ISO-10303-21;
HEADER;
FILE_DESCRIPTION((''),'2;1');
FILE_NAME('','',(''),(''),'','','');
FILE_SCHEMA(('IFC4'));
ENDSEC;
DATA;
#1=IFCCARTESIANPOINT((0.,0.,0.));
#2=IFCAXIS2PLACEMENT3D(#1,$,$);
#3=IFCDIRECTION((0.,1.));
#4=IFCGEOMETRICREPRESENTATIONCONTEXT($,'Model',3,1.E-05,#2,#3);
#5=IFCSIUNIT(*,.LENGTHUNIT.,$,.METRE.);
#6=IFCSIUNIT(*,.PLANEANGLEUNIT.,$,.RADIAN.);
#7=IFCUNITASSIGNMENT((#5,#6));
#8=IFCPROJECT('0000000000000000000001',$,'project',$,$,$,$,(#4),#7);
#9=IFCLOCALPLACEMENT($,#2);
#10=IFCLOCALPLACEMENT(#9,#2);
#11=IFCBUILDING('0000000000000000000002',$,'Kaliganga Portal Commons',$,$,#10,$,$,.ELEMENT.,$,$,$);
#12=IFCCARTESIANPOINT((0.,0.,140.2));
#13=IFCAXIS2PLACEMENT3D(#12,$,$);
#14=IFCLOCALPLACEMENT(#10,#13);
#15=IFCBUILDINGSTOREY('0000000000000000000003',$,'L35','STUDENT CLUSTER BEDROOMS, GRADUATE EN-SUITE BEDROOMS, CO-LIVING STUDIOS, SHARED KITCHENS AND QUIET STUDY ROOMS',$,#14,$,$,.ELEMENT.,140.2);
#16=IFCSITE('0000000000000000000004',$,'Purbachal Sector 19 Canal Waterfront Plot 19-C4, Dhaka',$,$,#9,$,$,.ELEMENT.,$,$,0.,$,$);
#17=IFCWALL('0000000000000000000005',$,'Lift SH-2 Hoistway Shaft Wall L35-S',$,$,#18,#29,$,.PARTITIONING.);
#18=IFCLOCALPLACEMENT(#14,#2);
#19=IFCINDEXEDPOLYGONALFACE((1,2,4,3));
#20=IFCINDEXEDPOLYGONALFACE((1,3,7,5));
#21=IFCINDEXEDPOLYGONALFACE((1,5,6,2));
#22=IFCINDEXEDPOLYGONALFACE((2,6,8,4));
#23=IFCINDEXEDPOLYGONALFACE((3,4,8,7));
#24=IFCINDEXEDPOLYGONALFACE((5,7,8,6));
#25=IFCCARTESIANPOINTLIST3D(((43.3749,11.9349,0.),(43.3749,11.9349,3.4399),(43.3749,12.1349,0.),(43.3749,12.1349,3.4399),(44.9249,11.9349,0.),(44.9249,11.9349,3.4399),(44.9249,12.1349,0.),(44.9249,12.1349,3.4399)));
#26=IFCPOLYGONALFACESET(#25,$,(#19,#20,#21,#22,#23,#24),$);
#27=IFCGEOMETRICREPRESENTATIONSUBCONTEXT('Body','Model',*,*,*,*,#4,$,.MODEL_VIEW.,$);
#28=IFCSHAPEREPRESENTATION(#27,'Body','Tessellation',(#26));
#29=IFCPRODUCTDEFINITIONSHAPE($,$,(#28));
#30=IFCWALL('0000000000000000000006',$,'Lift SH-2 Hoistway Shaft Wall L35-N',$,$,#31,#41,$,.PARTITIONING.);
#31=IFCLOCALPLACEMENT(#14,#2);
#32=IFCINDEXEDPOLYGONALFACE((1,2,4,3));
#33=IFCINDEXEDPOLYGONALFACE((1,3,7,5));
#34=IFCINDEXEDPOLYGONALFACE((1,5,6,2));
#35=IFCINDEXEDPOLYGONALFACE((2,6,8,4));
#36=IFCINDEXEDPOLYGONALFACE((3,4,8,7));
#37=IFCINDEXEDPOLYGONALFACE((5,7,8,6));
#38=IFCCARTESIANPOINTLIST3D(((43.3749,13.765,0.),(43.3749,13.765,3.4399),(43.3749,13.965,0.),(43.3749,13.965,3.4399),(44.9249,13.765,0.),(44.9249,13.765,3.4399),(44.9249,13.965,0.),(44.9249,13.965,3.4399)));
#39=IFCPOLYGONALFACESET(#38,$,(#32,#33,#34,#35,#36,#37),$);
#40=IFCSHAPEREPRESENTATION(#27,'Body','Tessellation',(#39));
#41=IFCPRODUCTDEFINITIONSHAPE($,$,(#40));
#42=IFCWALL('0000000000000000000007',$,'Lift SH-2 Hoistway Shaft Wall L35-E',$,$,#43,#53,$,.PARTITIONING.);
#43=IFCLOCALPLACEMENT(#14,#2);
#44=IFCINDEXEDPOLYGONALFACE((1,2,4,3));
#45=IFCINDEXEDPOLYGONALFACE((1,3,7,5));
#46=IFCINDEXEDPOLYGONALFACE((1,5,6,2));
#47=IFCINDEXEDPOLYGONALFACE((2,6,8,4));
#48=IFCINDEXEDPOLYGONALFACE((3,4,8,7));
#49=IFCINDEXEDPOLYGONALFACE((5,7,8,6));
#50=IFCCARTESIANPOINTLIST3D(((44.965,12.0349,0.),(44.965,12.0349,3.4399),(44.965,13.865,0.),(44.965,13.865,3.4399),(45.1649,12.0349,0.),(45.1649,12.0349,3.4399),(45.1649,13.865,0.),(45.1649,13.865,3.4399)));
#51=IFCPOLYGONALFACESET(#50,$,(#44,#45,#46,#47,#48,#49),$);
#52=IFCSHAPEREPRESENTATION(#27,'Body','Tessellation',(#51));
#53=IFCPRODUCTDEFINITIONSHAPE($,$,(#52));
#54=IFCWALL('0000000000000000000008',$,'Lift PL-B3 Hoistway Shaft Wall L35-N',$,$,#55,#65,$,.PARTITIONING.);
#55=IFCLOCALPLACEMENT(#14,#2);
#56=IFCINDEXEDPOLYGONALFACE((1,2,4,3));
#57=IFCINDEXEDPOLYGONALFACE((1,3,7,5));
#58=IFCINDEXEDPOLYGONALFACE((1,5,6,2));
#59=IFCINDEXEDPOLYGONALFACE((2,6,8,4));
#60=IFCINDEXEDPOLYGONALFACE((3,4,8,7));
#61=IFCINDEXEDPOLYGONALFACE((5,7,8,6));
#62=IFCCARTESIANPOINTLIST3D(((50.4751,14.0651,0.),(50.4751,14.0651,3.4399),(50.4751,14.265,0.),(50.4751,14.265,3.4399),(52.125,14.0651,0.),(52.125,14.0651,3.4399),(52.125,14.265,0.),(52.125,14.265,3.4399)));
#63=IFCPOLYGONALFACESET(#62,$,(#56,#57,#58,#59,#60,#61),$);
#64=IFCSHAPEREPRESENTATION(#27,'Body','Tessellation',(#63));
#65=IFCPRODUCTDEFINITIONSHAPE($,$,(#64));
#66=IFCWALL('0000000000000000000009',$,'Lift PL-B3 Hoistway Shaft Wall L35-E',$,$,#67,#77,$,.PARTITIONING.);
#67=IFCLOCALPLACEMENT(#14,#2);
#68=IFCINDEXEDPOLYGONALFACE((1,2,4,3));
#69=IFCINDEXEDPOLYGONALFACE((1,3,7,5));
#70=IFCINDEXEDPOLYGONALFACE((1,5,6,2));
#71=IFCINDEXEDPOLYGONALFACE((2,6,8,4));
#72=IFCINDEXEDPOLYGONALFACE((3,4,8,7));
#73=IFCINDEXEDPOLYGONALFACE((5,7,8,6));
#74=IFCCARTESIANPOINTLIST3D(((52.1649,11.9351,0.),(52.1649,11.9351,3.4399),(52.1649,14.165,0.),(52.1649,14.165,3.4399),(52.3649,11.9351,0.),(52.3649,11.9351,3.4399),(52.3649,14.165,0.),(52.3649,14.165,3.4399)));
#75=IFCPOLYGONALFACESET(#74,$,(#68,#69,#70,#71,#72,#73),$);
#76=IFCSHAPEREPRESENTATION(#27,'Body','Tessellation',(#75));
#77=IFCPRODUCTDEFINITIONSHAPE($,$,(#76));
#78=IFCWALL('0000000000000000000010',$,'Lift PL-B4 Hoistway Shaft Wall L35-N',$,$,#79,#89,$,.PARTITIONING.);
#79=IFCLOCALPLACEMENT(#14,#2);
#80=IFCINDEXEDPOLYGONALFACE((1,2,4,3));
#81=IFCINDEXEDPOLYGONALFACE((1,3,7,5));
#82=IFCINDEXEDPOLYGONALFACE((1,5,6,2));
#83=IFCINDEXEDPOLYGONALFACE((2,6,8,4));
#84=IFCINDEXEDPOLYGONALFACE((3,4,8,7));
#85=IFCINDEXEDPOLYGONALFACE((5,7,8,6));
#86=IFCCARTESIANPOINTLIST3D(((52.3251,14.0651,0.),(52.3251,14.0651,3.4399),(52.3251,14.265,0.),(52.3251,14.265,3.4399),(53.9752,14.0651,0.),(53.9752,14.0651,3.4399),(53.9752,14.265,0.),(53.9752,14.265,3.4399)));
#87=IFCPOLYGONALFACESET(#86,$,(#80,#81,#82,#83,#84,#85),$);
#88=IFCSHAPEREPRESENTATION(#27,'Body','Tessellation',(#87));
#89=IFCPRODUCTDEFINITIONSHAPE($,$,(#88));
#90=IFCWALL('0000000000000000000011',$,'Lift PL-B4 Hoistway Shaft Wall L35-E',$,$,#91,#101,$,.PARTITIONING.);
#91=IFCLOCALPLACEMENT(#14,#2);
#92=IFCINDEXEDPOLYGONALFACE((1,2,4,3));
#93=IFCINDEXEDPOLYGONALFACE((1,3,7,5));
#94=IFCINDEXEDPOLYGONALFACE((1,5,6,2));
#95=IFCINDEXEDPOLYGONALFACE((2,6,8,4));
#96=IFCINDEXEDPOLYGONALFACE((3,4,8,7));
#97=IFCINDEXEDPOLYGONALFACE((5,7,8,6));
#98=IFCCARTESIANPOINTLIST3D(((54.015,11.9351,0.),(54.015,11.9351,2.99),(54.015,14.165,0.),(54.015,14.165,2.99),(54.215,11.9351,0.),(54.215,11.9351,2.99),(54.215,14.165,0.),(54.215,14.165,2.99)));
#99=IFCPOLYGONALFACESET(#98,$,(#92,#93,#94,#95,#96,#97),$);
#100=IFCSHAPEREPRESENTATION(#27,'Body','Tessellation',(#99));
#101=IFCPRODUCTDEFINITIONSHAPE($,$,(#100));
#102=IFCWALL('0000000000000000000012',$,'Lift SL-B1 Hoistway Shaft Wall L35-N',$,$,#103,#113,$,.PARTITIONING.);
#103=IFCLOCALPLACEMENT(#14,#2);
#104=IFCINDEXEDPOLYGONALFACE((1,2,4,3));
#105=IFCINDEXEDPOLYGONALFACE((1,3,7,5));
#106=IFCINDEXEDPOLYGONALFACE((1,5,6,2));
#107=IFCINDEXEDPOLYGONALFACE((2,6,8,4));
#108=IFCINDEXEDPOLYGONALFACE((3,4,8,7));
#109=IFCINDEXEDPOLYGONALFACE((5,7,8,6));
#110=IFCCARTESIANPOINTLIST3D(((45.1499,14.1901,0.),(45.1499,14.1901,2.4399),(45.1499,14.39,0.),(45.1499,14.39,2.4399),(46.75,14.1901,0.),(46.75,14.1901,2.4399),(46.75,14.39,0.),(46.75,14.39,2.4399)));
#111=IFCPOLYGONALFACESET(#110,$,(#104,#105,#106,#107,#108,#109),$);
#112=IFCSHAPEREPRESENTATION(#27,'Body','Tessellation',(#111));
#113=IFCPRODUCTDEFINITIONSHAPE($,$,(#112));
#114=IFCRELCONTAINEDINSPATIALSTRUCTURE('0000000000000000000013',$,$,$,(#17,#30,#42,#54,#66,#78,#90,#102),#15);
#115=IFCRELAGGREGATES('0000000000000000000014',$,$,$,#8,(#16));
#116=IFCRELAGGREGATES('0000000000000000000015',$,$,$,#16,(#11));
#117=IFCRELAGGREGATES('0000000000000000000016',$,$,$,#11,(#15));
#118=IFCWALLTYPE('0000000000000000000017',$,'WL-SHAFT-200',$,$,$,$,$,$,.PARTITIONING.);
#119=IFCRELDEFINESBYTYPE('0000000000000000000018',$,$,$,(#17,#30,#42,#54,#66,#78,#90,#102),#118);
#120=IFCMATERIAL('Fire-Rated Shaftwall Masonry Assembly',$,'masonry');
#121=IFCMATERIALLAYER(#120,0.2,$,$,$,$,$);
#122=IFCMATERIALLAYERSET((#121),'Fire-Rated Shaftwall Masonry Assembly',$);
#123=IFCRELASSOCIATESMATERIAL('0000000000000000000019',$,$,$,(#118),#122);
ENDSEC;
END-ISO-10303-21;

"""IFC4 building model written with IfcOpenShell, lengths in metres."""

from ifc_helpers import new_model, si_unit, direction, frame, frame_2d, origin, place, context, subcontext, project, spatial, rectangle, extrude, material, layer, layer_set, type_object, element, save


model = new_model("IFC4")

# Units and contexts
model_context = context("Model", 3, precision=1e-05, world=origin(), true_north=direction((0.0, 1.0)))
body_context = subcontext(model_context, "Body", "Model", "MODEL_VIEW")
ifc_project = project(units=[si_unit("LENGTHUNIT", "METRE"), si_unit("PLANEANGLEUNIT", "RADIAN")], contexts=[model_context])

# Site, building, storey
site_placement = place(None, origin())
site = spatial("IfcSite", under=ifc_project, at=site_placement, Name="Purbachal Sector 19 Canal Waterfront Plot 19-C4, Dhaka", CompositionType="ELEMENT", RefElevation=0.0)
building_placement = place(site_placement, origin())
building = spatial("IfcBuilding", under=site, at=building_placement, Name="Kaliganga Portal Commons", CompositionType="ELEMENT")
storey_placement = place(building_placement, frame((0.0, 0.0, 140.2)))
storey = spatial("IfcBuildingStorey", under=building, at=storey_placement, Name="L35", Description="STUDENT CLUSTER BEDROOMS, GRADUATE EN-SUITE BEDROOMS, CO-LIVING STUDIOS, SHARED KITCHENS AND QUIET STUDY ROOMS", CompositionType="ELEMENT", Elevation=140.2)

# Walls
ifc_material_1 = material(Name="Fire-Rated Shaftwall Masonry Assembly", Category="masonry")
ifc_layer_1 = layer(ifc_material_1, 0.2)
ifc_layer_set_1 = layer_set([ifc_layer_1], Name="Fire-Rated Shaftwall Masonry Assembly")
wall_type_1 = type_object("IfcWallType", Name="WL-SHAFT-200", PredefinedType="PARTITIONING", material=ifc_layer_set_1)
for number, where, z_axis, x_axis, name in (
    (1, (43.375, 12.0349, 0.0), (0.0, 0.0, 1.0), (1.0, 0.0, 0.0), "Lift SH-2 Hoistway Shaft Wall L35-S"),
    (2, (43.375, 13.865, 0.0), (0.0, 0.0, 1.0), (1.0, 0.0, 0.0), "Lift SH-2 Hoistway Shaft Wall L35-N"),
):
    element("IfcWall", number, at=place(storey_placement, frame(where, z_axis=z_axis, x_axis=x_axis)), inside=storey, type_object=wall_type_1, Name=name, PredefinedType="PARTITIONING", context=body_context, shape_type="SweptSolid", body=[
        extrude(rectangle(XDim=1.55, YDim=0.2, at=frame_2d((0.7749, 0.0))), origin(), (0.0, 0.0, 1.0), 3.4399),
    ])
wall_1_placement = place(storey_placement, frame((45.0649, 12.0349, 0.0), z_axis=(0.0, 0.0, 1.0), x_axis=(0.0, 1.0, 0.0)))
element("IfcWall", 3, at=wall_1_placement, inside=storey, type_object=wall_type_1, Name="Lift SH-2 Hoistway Shaft Wall L35-E", PredefinedType="PARTITIONING", context=body_context, shape_type="SweptSolid", body=[
    extrude(rectangle(XDim=1.8301, YDim=0.2, at=frame_2d((0.915, 0.0))), origin(), (0.0, 0.0, 1.0), 3.4399),
])

# Walls
wall_2_placement = place(storey_placement, frame((50.4751, 14.165, 0.0), z_axis=(0.0, 0.0, 1.0), x_axis=(1.0, 0.0, 0.0)))
element("IfcWall", 4, at=wall_2_placement, inside=storey, type_object=wall_type_1, Name="Lift PL-B3 Hoistway Shaft Wall L35-N", PredefinedType="PARTITIONING", context=body_context, shape_type="SweptSolid", body=[
    extrude(rectangle(XDim=1.6499, YDim=0.2, at=frame_2d((0.825, 0.0))), origin(), (0.0, 0.0, 1.0), 3.4399),
])
wall_3_placement = place(storey_placement, frame((52.2649, 11.9351, 0.0), z_axis=(0.0, 0.0, 1.0), x_axis=(0.0, 1.0, 0.0)))
element("IfcWall", 5, at=wall_3_placement, inside=storey, type_object=wall_type_1, Name="Lift PL-B3 Hoistway Shaft Wall L35-E", PredefinedType="PARTITIONING", context=body_context, shape_type="SweptSolid", body=[
    extrude(rectangle(XDim=2.23, YDim=0.2, at=frame_2d((1.115, 0.0))), origin(), (0.0, 0.0, 1.0), 3.4399),
])

# Walls
wall_4_placement = place(storey_placement, frame((52.325, 14.165, 0.0), z_axis=(0.0, 0.0, 1.0), x_axis=(1.0, 0.0, 0.0)))
element("IfcWall", 6, at=wall_4_placement, inside=storey, type_object=wall_type_1, Name="Lift PL-B4 Hoistway Shaft Wall L35-N", PredefinedType="PARTITIONING", context=body_context, shape_type="SweptSolid", body=[
    extrude(rectangle(XDim=1.6501, YDim=0.2, at=frame_2d((0.8252, 0.0))), origin(), (0.0, 0.0, 1.0), 3.4399),
])
wall_5_placement = place(storey_placement, frame((54.115, 11.9351, 0.0), z_axis=(0.0, 0.0, 1.0), x_axis=(0.0, 1.0, 0.0)))
element("IfcWall", 7, at=wall_5_placement, inside=storey, type_object=wall_type_1, Name="Lift PL-B4 Hoistway Shaft Wall L35-E", PredefinedType="PARTITIONING", context=body_context, shape_type="SweptSolid", body=[
    extrude(rectangle(XDim=2.23, YDim=0.2, at=frame_2d((1.115, 0.0))), origin(), (0.0, 0.0, 1.0), 2.99),
])
wall_6_placement = place(storey_placement, frame((45.1499, 14.29, 0.0), z_axis=(0.0, 0.0, 1.0), x_axis=(1.0, 0.0, 0.0)))
element("IfcWall", 8, at=wall_6_placement, inside=storey, type_object=wall_type_1, Name="Lift SL-B1 Hoistway Shaft Wall L35-N", PredefinedType="PARTITIONING", context=body_context, shape_type="SweptSolid", body=[
    extrude(rectangle(XDim=1.6001, YDim=0.2, at=frame_2d((0.8, 0.0))), origin(), (0.0, 0.0, 1.0), 2.4399),
])

save(model, "model.ifc")
